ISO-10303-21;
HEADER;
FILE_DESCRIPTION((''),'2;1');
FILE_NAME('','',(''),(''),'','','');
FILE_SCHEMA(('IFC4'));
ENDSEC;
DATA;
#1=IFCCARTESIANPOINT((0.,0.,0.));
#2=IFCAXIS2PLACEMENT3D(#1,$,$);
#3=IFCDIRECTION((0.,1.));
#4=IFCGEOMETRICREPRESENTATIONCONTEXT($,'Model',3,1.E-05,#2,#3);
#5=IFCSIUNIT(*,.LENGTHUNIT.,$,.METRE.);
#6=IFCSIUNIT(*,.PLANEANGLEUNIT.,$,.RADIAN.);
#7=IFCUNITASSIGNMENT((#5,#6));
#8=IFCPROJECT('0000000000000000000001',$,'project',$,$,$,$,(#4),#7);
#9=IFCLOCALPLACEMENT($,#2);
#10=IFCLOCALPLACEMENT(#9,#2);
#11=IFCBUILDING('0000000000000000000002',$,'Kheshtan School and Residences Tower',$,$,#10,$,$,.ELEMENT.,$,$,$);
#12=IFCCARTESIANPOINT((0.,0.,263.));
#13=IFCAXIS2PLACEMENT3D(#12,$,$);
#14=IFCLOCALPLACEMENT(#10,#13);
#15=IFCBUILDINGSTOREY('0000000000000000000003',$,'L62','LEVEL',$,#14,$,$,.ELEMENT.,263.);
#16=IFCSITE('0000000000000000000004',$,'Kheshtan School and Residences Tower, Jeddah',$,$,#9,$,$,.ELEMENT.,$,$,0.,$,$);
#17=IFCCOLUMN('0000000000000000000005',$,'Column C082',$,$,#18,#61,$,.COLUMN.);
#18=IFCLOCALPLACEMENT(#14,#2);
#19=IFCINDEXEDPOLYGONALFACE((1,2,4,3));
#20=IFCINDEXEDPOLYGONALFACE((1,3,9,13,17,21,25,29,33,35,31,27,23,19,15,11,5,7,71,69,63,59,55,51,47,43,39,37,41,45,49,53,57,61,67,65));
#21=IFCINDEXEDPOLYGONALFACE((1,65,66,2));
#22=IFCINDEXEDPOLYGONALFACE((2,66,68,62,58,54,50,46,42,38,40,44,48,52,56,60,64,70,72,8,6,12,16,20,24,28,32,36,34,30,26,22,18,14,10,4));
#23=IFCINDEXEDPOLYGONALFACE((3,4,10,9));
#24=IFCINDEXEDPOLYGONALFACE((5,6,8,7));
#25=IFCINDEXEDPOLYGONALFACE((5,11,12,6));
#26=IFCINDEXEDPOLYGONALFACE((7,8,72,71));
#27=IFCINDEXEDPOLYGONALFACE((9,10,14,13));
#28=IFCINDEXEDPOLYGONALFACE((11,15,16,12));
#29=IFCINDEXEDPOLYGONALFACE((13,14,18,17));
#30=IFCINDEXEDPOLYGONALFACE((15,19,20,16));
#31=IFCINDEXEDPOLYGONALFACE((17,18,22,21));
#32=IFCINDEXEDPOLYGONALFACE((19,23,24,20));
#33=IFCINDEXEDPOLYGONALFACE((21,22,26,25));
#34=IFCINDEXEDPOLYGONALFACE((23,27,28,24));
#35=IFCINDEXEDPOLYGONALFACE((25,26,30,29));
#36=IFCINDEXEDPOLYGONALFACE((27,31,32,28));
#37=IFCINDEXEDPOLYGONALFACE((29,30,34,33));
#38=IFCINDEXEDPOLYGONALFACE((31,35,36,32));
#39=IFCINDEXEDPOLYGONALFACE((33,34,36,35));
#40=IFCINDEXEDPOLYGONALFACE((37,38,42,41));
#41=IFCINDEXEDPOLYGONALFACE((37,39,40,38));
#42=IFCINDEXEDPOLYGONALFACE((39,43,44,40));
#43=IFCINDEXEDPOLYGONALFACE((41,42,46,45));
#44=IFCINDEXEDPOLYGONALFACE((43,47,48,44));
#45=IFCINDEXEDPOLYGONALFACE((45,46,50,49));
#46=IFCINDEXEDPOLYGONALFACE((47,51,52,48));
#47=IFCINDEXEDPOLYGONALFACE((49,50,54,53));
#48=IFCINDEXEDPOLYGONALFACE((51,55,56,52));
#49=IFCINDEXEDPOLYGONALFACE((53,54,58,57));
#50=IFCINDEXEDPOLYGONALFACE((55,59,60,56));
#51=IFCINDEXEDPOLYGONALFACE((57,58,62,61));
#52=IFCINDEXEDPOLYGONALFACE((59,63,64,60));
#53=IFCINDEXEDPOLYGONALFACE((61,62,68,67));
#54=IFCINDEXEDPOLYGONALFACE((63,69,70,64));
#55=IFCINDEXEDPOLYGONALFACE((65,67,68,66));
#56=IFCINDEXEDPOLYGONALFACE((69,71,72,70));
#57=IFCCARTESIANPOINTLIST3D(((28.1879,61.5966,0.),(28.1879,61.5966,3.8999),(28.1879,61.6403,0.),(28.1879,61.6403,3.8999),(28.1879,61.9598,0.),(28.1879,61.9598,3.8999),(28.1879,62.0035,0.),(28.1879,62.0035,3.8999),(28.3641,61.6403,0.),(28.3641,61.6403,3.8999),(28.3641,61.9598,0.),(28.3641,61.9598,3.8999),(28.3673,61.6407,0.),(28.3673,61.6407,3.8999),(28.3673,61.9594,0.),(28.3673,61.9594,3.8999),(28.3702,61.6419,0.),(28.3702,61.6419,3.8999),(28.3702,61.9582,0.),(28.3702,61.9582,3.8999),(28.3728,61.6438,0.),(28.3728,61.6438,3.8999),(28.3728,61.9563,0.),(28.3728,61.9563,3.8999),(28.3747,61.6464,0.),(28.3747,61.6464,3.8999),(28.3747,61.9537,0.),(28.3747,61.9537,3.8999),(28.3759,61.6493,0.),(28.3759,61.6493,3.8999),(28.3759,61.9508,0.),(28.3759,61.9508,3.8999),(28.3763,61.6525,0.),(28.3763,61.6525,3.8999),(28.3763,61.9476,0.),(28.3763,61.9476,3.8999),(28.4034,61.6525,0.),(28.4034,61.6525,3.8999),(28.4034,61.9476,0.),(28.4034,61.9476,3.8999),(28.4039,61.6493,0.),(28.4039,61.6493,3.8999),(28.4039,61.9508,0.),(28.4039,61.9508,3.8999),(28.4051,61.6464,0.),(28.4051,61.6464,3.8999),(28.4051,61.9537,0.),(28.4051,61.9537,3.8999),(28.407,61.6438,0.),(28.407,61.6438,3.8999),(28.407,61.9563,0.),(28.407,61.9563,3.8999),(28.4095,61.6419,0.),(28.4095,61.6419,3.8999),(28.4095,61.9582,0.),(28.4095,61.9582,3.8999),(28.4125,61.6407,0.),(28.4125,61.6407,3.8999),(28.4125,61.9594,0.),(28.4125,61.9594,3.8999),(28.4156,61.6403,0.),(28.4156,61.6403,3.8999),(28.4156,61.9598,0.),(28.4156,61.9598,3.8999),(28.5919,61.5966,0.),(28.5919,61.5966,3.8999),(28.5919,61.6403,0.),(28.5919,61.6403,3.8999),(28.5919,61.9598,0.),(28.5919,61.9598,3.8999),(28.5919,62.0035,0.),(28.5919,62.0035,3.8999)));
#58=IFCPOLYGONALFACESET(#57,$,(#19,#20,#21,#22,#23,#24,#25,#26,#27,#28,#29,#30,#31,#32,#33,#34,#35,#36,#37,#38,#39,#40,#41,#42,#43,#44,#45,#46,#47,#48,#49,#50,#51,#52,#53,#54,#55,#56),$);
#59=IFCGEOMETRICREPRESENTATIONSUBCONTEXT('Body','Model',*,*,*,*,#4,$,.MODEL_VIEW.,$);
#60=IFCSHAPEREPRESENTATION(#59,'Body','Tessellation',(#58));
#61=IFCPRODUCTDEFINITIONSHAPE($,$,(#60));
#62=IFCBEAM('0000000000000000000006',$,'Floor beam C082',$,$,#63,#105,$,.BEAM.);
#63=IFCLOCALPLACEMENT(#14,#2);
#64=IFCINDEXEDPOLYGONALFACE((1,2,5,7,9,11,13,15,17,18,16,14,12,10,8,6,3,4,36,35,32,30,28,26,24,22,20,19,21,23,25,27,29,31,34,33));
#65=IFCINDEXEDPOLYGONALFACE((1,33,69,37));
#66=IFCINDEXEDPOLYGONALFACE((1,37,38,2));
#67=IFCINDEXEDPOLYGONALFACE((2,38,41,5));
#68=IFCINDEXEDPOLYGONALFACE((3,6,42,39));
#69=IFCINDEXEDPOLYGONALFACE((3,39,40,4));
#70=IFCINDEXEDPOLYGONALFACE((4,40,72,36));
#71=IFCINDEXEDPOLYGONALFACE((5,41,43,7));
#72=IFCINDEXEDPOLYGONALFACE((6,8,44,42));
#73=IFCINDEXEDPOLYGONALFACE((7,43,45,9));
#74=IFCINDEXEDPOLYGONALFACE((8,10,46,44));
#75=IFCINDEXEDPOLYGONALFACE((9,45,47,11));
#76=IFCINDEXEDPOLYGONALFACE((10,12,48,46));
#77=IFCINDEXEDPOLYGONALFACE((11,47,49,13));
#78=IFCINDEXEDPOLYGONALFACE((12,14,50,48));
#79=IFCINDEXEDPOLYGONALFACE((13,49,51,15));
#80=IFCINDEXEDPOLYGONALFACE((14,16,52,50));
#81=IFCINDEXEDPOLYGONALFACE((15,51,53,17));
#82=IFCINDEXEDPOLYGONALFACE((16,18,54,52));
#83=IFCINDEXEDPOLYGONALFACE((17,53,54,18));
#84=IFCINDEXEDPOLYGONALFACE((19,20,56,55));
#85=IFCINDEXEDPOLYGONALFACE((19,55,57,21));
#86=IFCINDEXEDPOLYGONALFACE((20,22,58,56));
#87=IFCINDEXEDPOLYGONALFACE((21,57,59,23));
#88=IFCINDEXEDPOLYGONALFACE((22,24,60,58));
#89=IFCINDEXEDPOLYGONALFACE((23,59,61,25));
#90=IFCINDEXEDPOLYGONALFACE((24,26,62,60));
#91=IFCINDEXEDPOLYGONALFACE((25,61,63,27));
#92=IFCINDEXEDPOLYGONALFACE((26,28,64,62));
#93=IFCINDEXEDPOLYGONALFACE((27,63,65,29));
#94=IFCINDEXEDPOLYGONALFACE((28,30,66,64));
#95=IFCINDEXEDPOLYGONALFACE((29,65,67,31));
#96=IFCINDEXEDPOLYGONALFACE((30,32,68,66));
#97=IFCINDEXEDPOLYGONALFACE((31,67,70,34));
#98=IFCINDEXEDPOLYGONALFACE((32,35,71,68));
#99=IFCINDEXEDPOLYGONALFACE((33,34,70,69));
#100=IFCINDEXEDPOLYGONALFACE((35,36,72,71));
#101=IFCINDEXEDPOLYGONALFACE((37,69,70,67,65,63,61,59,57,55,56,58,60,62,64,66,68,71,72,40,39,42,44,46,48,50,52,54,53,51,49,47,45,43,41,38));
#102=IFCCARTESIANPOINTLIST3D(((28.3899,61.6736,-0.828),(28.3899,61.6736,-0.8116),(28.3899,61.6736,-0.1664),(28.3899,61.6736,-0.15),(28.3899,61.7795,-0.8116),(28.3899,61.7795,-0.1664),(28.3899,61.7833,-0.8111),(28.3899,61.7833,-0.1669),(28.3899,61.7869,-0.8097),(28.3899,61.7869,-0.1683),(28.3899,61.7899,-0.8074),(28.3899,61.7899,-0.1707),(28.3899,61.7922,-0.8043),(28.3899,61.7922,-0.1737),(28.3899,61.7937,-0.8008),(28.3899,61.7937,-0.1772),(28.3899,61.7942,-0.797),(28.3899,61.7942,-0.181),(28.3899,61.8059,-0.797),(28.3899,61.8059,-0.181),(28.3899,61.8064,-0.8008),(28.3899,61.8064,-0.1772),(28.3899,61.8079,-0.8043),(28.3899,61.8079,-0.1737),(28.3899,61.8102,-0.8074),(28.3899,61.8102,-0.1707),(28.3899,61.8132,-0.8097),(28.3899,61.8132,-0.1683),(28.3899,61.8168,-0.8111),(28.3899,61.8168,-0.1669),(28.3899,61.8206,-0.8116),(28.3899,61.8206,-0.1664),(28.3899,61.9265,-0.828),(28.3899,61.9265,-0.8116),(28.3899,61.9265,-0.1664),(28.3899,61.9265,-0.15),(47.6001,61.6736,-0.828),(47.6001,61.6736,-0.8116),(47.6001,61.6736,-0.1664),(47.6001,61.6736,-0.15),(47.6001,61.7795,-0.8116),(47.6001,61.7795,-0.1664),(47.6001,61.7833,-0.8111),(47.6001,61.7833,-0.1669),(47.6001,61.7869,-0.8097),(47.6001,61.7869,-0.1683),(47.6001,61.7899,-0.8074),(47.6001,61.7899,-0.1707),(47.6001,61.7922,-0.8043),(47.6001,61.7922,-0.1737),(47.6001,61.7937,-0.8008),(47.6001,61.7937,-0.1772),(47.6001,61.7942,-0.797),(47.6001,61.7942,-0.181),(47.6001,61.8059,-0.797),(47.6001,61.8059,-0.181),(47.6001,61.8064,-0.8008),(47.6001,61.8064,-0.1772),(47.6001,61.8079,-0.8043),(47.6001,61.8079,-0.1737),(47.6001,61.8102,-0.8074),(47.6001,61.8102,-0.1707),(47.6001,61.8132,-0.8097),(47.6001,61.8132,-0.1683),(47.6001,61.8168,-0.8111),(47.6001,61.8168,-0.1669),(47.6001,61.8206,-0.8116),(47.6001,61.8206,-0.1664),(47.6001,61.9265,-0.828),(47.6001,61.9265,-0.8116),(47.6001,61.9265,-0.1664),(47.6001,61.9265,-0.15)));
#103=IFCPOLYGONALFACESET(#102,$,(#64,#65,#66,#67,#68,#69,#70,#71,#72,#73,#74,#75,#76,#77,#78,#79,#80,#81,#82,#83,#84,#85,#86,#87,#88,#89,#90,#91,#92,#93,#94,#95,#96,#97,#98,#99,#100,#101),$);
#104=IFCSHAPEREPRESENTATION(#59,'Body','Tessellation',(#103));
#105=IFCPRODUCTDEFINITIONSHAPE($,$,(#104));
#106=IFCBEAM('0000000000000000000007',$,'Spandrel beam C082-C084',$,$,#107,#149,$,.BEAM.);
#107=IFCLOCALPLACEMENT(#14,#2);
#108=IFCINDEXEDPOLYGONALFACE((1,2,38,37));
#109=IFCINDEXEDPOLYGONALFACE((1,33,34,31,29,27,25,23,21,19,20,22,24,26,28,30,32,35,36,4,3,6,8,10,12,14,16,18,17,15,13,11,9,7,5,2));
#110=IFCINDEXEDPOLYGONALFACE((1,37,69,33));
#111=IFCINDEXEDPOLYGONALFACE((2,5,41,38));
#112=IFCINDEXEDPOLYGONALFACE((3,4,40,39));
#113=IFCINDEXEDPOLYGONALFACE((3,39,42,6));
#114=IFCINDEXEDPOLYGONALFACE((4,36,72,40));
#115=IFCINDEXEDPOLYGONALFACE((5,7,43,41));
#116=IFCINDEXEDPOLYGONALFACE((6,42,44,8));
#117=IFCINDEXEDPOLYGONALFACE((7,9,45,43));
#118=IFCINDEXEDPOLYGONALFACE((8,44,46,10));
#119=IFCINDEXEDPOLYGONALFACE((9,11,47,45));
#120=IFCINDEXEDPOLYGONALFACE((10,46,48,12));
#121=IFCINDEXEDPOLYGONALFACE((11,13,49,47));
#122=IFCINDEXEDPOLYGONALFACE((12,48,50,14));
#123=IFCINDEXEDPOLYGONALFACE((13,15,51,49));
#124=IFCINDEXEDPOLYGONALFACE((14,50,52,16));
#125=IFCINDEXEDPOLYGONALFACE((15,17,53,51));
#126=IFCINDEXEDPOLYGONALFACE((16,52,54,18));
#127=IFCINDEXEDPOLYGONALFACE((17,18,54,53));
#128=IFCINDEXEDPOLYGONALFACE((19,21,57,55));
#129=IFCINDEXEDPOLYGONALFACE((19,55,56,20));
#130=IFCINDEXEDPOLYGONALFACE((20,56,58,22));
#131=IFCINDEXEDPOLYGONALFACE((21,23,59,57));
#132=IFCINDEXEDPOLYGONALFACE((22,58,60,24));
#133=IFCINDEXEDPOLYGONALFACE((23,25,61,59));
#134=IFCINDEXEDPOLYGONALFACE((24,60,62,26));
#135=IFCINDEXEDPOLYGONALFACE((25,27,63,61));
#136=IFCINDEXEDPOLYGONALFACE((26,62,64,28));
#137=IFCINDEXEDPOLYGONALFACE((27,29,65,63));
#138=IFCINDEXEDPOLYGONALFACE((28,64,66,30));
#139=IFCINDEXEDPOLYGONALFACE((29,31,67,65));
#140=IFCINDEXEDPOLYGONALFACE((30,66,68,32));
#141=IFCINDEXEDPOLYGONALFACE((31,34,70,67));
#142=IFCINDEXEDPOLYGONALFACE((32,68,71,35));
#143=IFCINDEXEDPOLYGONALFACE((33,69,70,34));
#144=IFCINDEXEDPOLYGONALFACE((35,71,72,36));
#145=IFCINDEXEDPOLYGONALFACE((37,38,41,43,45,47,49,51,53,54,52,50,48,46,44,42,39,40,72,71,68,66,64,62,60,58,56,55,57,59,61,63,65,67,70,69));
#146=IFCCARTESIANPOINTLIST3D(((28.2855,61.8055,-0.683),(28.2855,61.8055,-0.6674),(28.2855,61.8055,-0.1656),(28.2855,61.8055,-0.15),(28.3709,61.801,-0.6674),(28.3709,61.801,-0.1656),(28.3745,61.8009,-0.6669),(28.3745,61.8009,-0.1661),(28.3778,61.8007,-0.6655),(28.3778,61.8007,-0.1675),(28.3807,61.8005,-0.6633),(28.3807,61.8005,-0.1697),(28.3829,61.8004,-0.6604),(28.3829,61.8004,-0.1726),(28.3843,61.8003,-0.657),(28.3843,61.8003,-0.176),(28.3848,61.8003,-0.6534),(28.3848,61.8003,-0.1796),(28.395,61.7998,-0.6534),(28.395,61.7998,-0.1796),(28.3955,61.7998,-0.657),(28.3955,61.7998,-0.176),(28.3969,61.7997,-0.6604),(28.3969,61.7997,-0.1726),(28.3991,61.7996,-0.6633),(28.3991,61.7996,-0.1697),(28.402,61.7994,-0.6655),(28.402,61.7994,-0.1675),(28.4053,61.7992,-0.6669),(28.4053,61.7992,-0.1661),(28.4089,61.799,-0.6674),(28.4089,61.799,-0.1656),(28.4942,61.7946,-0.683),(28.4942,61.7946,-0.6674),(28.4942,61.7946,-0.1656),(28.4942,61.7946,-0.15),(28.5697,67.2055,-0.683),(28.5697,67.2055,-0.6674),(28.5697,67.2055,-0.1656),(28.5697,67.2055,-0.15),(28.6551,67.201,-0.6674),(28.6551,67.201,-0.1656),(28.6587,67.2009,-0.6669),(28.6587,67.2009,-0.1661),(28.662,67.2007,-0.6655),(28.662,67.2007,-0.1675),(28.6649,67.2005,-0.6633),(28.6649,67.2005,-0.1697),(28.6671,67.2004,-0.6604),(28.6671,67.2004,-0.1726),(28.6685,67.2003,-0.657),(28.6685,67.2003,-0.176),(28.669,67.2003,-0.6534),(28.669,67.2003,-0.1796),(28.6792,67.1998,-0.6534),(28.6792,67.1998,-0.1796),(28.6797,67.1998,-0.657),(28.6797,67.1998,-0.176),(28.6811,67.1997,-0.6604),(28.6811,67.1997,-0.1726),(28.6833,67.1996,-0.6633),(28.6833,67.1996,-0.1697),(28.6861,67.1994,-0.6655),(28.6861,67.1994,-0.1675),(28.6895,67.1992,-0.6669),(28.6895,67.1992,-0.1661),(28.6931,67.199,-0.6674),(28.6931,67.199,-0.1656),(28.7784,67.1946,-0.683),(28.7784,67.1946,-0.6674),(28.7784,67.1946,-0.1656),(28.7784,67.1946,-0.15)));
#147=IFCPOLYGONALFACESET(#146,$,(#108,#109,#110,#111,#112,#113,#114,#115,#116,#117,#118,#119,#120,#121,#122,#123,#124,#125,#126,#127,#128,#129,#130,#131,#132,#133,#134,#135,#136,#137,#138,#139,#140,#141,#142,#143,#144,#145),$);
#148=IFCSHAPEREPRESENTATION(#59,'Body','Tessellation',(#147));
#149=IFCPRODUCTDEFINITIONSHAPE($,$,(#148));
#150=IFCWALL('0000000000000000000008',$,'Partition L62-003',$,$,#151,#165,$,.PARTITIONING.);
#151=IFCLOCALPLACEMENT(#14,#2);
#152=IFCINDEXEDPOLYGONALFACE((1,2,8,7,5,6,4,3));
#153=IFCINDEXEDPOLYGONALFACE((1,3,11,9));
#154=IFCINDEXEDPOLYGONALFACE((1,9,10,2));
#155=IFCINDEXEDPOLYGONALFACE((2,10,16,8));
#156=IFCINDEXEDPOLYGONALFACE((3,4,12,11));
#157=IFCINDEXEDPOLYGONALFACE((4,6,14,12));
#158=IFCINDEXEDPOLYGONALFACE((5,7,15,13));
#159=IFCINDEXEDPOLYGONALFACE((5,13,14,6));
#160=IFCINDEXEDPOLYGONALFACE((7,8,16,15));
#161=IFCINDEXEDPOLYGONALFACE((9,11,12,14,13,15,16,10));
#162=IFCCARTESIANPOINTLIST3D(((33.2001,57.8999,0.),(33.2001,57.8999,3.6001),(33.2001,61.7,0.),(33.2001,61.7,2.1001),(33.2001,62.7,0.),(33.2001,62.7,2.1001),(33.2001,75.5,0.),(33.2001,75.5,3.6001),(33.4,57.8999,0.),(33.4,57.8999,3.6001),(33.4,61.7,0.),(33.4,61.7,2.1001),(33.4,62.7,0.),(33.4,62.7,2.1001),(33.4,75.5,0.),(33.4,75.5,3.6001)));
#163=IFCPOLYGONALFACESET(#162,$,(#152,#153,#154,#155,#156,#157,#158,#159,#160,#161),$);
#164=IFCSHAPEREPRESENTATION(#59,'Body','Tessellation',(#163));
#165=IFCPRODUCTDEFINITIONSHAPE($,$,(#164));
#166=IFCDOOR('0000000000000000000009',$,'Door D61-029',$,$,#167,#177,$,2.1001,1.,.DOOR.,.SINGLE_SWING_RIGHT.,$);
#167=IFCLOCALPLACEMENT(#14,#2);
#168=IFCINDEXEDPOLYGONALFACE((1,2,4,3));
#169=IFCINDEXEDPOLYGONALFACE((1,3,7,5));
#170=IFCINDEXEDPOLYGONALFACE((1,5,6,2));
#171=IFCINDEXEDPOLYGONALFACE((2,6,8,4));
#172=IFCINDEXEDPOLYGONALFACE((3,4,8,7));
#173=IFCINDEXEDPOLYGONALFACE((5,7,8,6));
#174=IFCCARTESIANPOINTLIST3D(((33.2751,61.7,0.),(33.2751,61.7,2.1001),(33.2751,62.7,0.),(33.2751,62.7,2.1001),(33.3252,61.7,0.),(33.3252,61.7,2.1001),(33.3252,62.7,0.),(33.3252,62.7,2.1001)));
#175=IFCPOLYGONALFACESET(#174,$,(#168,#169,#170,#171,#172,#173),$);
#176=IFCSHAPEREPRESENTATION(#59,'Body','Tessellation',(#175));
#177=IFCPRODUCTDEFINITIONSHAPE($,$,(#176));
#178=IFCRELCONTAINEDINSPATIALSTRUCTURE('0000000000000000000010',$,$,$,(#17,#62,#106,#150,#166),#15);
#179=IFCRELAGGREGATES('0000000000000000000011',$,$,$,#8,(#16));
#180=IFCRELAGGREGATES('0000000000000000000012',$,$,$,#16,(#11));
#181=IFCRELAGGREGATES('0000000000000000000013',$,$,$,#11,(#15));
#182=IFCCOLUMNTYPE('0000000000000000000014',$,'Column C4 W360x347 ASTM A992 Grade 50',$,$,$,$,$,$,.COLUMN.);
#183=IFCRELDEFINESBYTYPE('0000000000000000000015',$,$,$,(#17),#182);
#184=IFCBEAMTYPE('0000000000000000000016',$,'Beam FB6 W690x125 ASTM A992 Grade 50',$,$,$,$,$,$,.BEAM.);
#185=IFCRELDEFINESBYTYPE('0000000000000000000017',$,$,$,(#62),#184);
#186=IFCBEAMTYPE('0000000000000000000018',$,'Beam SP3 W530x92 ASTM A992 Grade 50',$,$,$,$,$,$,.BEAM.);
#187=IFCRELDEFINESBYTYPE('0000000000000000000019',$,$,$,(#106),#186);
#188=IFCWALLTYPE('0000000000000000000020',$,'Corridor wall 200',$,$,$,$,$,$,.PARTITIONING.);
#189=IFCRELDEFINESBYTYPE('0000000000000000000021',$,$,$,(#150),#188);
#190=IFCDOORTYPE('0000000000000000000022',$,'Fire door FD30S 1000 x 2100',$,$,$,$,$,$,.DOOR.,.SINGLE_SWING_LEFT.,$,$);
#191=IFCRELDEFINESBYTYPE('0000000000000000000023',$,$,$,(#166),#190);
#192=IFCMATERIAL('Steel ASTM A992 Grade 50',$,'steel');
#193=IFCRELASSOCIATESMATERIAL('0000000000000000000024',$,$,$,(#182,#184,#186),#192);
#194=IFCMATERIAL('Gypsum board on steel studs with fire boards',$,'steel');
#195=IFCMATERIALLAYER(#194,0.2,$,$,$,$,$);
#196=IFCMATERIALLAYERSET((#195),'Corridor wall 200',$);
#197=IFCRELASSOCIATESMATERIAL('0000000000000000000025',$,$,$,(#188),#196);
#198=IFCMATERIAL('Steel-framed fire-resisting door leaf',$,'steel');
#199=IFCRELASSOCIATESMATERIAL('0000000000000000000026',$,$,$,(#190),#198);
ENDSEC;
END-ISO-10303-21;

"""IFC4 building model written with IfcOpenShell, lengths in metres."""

from ifc_helpers import new_model, si_unit, direction, frame, frame_2d, origin, origin_2d, place, context, subcontext, project, spatial, rectangle, i_section, extrude, source, transform, mapped, material, layer, layer_set, material_profile, profile_set, type_object, element, fill, save


model = new_model("IFC4")

# Units and contexts
model_context = context("Model", 3, precision=1e-05, world=origin(), true_north=direction((0.0, 1.0)))
body_context = subcontext(model_context, "Body", "Model", "MODEL_VIEW")
ifc_project = project(units=[si_unit("LENGTHUNIT", "METRE"), si_unit("PLANEANGLEUNIT", "RADIAN")], contexts=[model_context])

# Site, building, storey
site_placement = place(None, origin())
site = spatial("IfcSite", under=ifc_project, at=site_placement, Name="Kheshtan School and Residences Tower, Jeddah", CompositionType="ELEMENT", RefElevation=0.0)
building_placement = place(site_placement, origin())
building = spatial("IfcBuilding", under=site, at=building_placement, Name="Kheshtan School and Residences Tower", CompositionType="ELEMENT")
storey_placement = place(building_placement, frame((0.0, 0.0, 263.0)))
storey = spatial("IfcBuildingStorey", under=building, at=storey_placement, Name="L62", Description="LEVEL", CompositionType="ELEMENT", Elevation=263.0)

# Column
ifc_material_1 = material(Name="Steel ASTM A992 Grade 50", Category="steel")
ifc_material_profile_1 = material_profile(ifc_material_1, i_section(OverallWidth=0.4041, OverallDepth=0.407, WebThickness=0.0271, FlangeThickness=0.0437, FilletRadius=0.0122, at=origin_2d()), Name="W360x347")
ifc_profile_set_1 = profile_set([ifc_material_profile_1], Name="Steel ASTM A992 Grade 50")
column_type = type_object("IfcColumnType", Name="Column C4 W360x347 ASTM A992 Grade 50", PredefinedType="COLUMN", material=ifc_profile_set_1)
column_placement = place(storey_placement, frame((28.3899, 61.8, 0.0), z_axis=(0.0, 0.0, 1.0), x_axis=(1.0, 0.0, 0.0)))
element("IfcColumn", 1, at=column_placement, inside=storey, type_object=column_type, Name="Column C082", PredefinedType="COLUMN", context=body_context, shape_type="SweptSolid", body=[
    extrude(i_section(OverallWidth=0.4041, OverallDepth=0.407, WebThickness=0.0271, FlangeThickness=0.0437, FilletRadius=0.0122, at=origin_2d()), origin(), (0.0, 0.0, 1.0), 3.8999),
])

# Beams
ifc_material_profile_2 = material_profile(ifc_material_1, i_section(OverallWidth=0.2529, OverallDepth=0.678, WebThickness=0.0117, FlangeThickness=0.0164, FilletRadius=0.0146, at=origin_2d()), Name="W690x125")
ifc_profile_set_2 = profile_set([ifc_material_profile_2], Name="Steel ASTM A992 Grade 50")
beam_type_1 = type_object("IfcBeamType", Name="Beam FB6 W690x125 ASTM A992 Grade 50", PredefinedType="BEAM", material=ifc_profile_set_2)
beam_1_placement = place(storey_placement, frame((28.3899, 61.8, -0.489), z_axis=(1.0, 0.0, 0.0), x_axis=(0.0, 1.0, 0.0)))
element("IfcBeam", 2, at=beam_1_placement, inside=storey, type_object=beam_type_1, Name="Floor beam C082", PredefinedType="BEAM", context=body_context, shape_type="SweptSolid", body=[
    extrude(i_section(OverallWidth=0.2529, OverallDepth=0.678, WebThickness=0.0117, FlangeThickness=0.0164, FilletRadius=0.0146, at=origin_2d()), origin(), (0.0, 0.0, 1.0), 19.2102),
])
ifc_material_profile_3 = material_profile(ifc_material_1, i_section(OverallWidth=0.209, OverallDepth=0.533, WebThickness=0.0103, FlangeThickness=0.0156, FilletRadius=0.0139, at=origin_2d()), Name="W530x92")
ifc_profile_set_3 = profile_set([ifc_material_profile_3], Name="Steel ASTM A992 Grade 50")
beam_type_2 = type_object("IfcBeamType", Name="Beam SP3 W530x92 ASTM A992 Grade 50", PredefinedType="BEAM", material=ifc_profile_set_3)
beam_2_placement = place(storey_placement, frame((28.3899, 61.8, -0.4165), z_axis=(0.052554, 0.998618, 0.0), x_axis=(-0.998618, 0.052554, 0.0)))
element("IfcBeam", 3, at=beam_2_placement, inside=storey, type_object=beam_type_2, Name="Spandrel beam C082-C084", PredefinedType="BEAM", context=body_context, shape_type="SweptSolid", body=[
    extrude(i_section(OverallWidth=0.209, OverallDepth=0.533, WebThickness=0.0103, FlangeThickness=0.0156, FilletRadius=0.0139, at=origin_2d()), origin(), (0.0, 0.0, 1.0), 5.4075),
])

# Wall, opening, door
ifc_material_2 = material(Name="Gypsum board on steel studs with fire boards", Category="steel")
ifc_layer_1 = layer(ifc_material_2, 0.2)
ifc_layer_set_1 = layer_set([ifc_layer_1], Name="Corridor wall 200")
wall_type_1 = type_object("IfcWallType", Name="Corridor wall 200", PredefinedType="PARTITIONING", material=ifc_layer_set_1)
wall_1_placement = place(storey_placement, frame((33.3, 57.8999, 0.0), z_axis=(0.0, 0.0, 1.0), x_axis=(0.0, 1.0, 0.0)))
wall_1 = element("IfcWall", 4, at=wall_1_placement, inside=storey, type_object=wall_type_1, Name="Partition L62-003", PredefinedType="PARTITIONING", context=body_context, shape_type="SweptSolid", body=[
    extrude(rectangle(XDim=17.6001, YDim=0.2, at=frame_2d((8.8, 0.0))), origin(), (0.0, 0.0, 1.0), 3.6001),
])
opening_1_placement = place(wall_1_placement, frame((3.8, 0.0, 0.0)))
opening_1 = element("IfcOpeningElement", 5, at=opening_1_placement, cuts=wall_1, PredefinedType="OPENING", context=body_context, shape_type="SweptSolid", body=[
    extrude(rectangle(XDim=1.0, YDim=2.1001, at=frame_2d((0.5, 1.05))), frame((0.0, 0.1099, 0.0), z_axis=(0.0, -1.0, 0.0), x_axis=(1.0, 0.0, 0.0)), (0.0, 0.0, 1.0), 0.22),
])
ifc_material_3 = material(Name="Steel-framed fire-resisting door leaf", Category="steel")
door_type_1 = type_object("IfcDoorType", Name="Fire door FD30S 1000 x 2100", OperationType="SINGLE_SWING_LEFT", PredefinedType="DOOR", material=ifc_material_3)
shared_shape_1 = source(origin(), body_context, "Body", "SweptSolid", [
    extrude(rectangle(XDim=1.0, YDim=2.1001, at=frame_2d((0.5, 1.05))), frame((0.0, 0.0249, 0.0), z_axis=(0.0, -1.0, 0.0), x_axis=(1.0, 0.0, 0.0)), (0.0, 0.0, 1.0), 0.05),
])
door_1_placement = place(opening_1_placement, origin())
door_1 = element("IfcDoor", 6, at=door_1_placement, inside=storey, type_object=door_type_1, Name="Door D61-029", OperationType="SINGLE_SWING_RIGHT", OverallHeight=2.1001, OverallWidth=1.0, PredefinedType="DOOR", context=body_context, shape_type="MappedRepresentation", body=[
    mapped(shared_shape_1, transform((0.0, 0.0, 0.0), x_axis=(1.0, 0.0, 0.0), y_axis=(0.0, 1.0, 0.0), z_axis=(0.0, 0.0, 1.0), scale=1.0)),
])
fill(opening_1, door_1)

save(model, "model.ifc")
